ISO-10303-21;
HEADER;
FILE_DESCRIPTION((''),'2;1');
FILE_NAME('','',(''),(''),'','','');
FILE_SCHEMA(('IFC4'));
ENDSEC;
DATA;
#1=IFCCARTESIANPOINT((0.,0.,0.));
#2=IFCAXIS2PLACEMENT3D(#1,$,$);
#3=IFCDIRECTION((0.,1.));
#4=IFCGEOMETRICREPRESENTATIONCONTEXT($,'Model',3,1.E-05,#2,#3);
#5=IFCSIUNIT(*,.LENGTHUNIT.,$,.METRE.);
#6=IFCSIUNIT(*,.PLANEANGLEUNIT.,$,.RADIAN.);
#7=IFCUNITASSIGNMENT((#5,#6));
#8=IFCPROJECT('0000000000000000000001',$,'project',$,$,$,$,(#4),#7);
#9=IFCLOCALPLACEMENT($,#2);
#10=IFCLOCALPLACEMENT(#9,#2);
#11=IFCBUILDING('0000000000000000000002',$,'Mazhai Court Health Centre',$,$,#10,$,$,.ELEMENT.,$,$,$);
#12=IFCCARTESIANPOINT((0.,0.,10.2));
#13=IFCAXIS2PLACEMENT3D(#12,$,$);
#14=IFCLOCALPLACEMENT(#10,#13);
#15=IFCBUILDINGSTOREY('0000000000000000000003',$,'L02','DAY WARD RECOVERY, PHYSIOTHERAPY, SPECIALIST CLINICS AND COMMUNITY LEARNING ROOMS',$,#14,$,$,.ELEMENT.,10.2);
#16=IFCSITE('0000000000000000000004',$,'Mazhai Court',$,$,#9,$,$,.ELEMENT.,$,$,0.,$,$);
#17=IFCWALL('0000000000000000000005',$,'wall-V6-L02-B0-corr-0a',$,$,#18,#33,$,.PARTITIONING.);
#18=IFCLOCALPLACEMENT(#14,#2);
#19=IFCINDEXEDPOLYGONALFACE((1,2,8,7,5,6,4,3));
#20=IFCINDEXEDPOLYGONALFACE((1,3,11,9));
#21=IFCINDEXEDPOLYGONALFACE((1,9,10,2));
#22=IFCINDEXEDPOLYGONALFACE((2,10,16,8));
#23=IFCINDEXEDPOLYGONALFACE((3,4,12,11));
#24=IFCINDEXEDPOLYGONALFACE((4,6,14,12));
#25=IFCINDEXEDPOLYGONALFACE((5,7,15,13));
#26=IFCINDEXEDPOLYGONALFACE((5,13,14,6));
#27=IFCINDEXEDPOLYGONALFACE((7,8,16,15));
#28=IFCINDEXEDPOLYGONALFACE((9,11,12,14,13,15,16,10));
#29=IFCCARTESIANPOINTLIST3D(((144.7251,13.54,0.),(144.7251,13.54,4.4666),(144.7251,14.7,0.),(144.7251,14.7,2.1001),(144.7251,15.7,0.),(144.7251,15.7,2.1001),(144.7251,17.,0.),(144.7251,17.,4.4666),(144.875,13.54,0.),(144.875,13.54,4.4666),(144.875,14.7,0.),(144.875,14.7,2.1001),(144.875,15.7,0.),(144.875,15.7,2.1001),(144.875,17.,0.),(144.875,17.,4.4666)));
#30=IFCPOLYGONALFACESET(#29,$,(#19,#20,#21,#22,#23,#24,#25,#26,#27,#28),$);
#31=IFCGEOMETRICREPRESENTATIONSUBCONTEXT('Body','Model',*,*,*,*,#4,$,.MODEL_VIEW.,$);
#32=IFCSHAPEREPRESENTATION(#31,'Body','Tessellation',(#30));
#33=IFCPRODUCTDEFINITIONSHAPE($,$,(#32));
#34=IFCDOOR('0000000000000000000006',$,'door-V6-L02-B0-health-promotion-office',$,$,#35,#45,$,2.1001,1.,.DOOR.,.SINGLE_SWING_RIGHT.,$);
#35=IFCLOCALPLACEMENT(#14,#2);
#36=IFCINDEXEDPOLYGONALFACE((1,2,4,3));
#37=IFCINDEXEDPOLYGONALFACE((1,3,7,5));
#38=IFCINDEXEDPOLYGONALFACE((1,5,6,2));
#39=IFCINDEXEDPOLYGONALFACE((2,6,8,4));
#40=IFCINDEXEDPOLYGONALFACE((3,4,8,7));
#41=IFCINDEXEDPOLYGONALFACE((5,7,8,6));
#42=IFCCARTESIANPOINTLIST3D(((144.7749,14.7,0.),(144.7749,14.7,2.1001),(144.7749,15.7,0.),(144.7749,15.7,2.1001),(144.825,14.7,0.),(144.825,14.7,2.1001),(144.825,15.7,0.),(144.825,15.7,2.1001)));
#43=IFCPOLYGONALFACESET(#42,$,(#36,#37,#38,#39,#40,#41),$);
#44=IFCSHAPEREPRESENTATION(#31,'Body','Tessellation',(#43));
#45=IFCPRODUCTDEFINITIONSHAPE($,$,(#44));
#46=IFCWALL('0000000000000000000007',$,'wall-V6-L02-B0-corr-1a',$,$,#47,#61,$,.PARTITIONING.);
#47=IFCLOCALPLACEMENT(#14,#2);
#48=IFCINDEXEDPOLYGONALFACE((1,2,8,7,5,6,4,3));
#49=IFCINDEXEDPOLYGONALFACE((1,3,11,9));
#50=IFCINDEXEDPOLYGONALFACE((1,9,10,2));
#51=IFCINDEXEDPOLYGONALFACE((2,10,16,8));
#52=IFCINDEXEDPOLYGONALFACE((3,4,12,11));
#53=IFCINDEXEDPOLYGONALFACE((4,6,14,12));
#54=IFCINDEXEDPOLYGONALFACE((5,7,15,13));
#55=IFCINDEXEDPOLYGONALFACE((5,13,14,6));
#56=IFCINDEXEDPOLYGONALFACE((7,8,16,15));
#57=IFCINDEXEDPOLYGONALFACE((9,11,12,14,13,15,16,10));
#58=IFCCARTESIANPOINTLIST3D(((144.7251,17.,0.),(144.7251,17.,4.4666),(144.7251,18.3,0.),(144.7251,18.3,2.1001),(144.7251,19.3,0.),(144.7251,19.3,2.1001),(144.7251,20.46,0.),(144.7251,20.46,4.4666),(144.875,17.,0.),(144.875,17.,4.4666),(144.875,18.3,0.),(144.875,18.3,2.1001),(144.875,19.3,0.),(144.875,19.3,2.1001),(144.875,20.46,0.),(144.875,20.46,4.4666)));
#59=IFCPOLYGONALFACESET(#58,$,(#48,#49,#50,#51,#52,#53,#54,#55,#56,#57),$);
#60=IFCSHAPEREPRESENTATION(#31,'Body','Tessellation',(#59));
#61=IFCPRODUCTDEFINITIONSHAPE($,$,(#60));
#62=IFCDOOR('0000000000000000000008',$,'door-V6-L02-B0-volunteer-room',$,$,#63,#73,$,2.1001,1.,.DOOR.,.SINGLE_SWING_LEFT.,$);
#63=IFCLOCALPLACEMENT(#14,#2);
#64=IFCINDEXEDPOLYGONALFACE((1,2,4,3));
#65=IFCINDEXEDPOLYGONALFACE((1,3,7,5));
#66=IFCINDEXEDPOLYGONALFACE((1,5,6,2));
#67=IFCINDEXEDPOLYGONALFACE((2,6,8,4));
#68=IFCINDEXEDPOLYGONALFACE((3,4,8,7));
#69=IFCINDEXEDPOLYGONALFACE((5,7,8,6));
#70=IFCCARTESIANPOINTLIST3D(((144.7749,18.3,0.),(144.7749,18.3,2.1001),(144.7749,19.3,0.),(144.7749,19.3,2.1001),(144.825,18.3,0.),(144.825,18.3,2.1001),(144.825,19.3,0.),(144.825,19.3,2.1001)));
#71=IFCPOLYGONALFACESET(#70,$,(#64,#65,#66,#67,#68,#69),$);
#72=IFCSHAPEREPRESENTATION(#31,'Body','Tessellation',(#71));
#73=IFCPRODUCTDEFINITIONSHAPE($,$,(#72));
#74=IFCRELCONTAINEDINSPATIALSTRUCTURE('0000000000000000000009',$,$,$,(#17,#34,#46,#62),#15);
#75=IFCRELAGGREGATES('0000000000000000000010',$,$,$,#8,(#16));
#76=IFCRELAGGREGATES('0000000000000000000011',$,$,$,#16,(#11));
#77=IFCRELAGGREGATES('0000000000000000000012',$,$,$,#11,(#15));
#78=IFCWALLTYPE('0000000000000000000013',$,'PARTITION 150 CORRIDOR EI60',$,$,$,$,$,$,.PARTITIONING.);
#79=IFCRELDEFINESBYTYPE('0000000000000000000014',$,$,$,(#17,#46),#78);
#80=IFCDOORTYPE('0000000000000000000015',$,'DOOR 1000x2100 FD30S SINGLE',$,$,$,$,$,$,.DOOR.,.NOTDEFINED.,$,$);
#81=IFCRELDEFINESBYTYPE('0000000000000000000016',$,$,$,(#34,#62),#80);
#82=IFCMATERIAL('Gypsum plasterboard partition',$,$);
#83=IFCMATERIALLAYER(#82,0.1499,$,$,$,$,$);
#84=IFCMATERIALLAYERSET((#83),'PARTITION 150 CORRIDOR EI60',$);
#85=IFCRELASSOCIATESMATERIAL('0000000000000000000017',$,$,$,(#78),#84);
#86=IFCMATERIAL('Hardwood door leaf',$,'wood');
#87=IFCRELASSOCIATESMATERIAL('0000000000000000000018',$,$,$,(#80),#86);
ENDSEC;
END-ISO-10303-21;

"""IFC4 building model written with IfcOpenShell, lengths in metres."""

from ifc_helpers import new_model, si_unit, direction, frame, frame_2d, origin, place, context, subcontext, project, spatial, rectangle, extrude, material, layer, layer_set, type_object, element, fill, save


model = new_model("IFC4")

# Units and contexts
model_context = context("Model", 3, precision=1e-05, world=origin(), true_north=direction((0.0, 1.0)))
body_context = subcontext(model_context, "Body", "Model", "MODEL_VIEW")
ifc_project = project(units=[si_unit("LENGTHUNIT", "METRE"), si_unit("PLANEANGLEUNIT", "RADIAN")], contexts=[model_context])

# Site, building, storey
site_placement = place(None, origin())
site = spatial("IfcSite", under=ifc_project, at=site_placement, Name="Mazhai Court", CompositionType="ELEMENT", RefElevation=0.0)
building_placement = place(site_placement, origin())
building = spatial("IfcBuilding", under=site, at=building_placement, Name="Mazhai Court Health Centre", CompositionType="ELEMENT")
storey_placement = place(building_placement, frame((0.0, 0.0, 10.2)))
storey = spatial("IfcBuildingStorey", under=building, at=storey_placement, Name="L02", Description="DAY WARD RECOVERY, PHYSIOTHERAPY, SPECIALIST CLINICS AND COMMUNITY LEARNING ROOMS", CompositionType="ELEMENT", Elevation=10.2)

# Walls, openings, doors
ifc_material_1 = material(Name="Gypsum plasterboard partition")
ifc_layer_1 = layer(ifc_material_1, 0.1499)
ifc_layer_set_1 = layer_set([ifc_layer_1], Name="PARTITION 150 CORRIDOR EI60")
wall_type_1 = type_object("IfcWallType", Name="PARTITION 150 CORRIDOR EI60", PredefinedType="PARTITIONING", material=ifc_layer_set_1)
ifc_material_2 = material(Name="Hardwood door leaf", Category="wood")
door_type = type_object("IfcDoorType", Name="DOOR 1000x2100 FD30S SINGLE", OperationType="NOTDEFINED", PredefinedType="DOOR", material=ifc_material_2)
wall_1_placement = place(storey_placement, frame((144.8, 17.0, 0.0), z_axis=(0.0, 0.0, 1.0), x_axis=(0.0, -1.0, 0.0)))
wall_1 = element("IfcWall", 1, at=wall_1_placement, inside=storey, type_object=wall_type_1, Name="wall-V6-L02-B0-corr-0a", PredefinedType="PARTITIONING", context=body_context, shape_type="SweptSolid", body=[
    extrude(rectangle(XDim=3.46, YDim=0.1499, at=frame_2d((1.73, 0.0))), origin(), (0.0, 0.0, 1.0), 4.4666),
])
opening_1_placement = place(wall_1_placement, frame((1.3, 0.0, 0.0)))
opening_1 = element("IfcOpeningElement", 2, at=opening_1_placement, cuts=wall_1, PredefinedType="OPENING", context=body_context, shape_type="SweptSolid", body=[
    extrude(rectangle(XDim=1.0, YDim=2.1001, at=frame_2d((0.5, 1.05))), frame((0.0, 0.085, 0.0), z_axis=(0.0, -1.0, 0.0), x_axis=(1.0, 0.0, 0.0)), (0.0, 0.0, 1.0), 0.1699),
])
door_1_placement = place(opening_1_placement, origin())
door_1 = element("IfcDoor", 3, at=door_1_placement, inside=storey, type_object=door_type, Name="door-V6-L02-B0-health-promotion-office", OperationType="SINGLE_SWING_RIGHT", OverallHeight=2.1001, OverallWidth=1.0, PredefinedType="DOOR", context=body_context, shape_type="SweptSolid", body=[
    extrude(rectangle(XDim=1.0, YDim=2.1001, at=frame_2d((0.5, 1.05))), frame((0.0, 0.0249, 0.0), z_axis=(0.0, -1.0, 0.0), x_axis=(1.0, 0.0, 0.0)), (0.0, 0.0, 1.0), 0.05),
])
fill(opening_1, door_1)
wall_2_placement = place(storey_placement, frame((144.8, 20.46, 0.0), z_axis=(0.0, 0.0, 1.0), x_axis=(0.0, -1.0, 0.0)))
wall_2 = element("IfcWall", 4, at=wall_2_placement, inside=storey, type_object=wall_type_1, Name="wall-V6-L02-B0-corr-1a", PredefinedType="PARTITIONING", context=body_context, shape_type="SweptSolid", body=[
    extrude(rectangle(XDim=3.46, YDim=0.1499, at=frame_2d((1.73, 0.0))), origin(), (0.0, 0.0, 1.0), 4.4666),
])
opening_2_placement = place(wall_2_placement, frame((1.1599, 0.0, 0.0)))
opening_2 = element("IfcOpeningElement", 5, at=opening_2_placement, cuts=wall_2, PredefinedType="OPENING", context=body_context, shape_type="SweptSolid", body=[
    extrude(rectangle(XDim=1.0, YDim=2.1001, at=frame_2d((0.5, 1.05))), frame((0.0, 0.085, 0.0), z_axis=(0.0, -1.0, 0.0), x_axis=(1.0, 0.0, 0.0)), (0.0, 0.0, 1.0), 0.1699),
])
door_2_placement = place(opening_2_placement, origin())
door_2 = element("IfcDoor", 6, at=door_2_placement, inside=storey, type_object=door_type, Name="door-V6-L02-B0-volunteer-room", OperationType="SINGLE_SWING_LEFT", OverallHeight=2.1001, OverallWidth=1.0, PredefinedType="DOOR", context=body_context, shape_type="SweptSolid", body=[
    extrude(rectangle(XDim=1.0, YDim=2.1001, at=frame_2d((0.5, 1.05))), frame((0.0, 0.0249, 0.0), z_axis=(0.0, -1.0, 0.0), x_axis=(1.0, 0.0, 0.0)), (0.0, 0.0, 1.0), 0.05),
])
fill(opening_2, door_2)

save(model, "model.ifc")
